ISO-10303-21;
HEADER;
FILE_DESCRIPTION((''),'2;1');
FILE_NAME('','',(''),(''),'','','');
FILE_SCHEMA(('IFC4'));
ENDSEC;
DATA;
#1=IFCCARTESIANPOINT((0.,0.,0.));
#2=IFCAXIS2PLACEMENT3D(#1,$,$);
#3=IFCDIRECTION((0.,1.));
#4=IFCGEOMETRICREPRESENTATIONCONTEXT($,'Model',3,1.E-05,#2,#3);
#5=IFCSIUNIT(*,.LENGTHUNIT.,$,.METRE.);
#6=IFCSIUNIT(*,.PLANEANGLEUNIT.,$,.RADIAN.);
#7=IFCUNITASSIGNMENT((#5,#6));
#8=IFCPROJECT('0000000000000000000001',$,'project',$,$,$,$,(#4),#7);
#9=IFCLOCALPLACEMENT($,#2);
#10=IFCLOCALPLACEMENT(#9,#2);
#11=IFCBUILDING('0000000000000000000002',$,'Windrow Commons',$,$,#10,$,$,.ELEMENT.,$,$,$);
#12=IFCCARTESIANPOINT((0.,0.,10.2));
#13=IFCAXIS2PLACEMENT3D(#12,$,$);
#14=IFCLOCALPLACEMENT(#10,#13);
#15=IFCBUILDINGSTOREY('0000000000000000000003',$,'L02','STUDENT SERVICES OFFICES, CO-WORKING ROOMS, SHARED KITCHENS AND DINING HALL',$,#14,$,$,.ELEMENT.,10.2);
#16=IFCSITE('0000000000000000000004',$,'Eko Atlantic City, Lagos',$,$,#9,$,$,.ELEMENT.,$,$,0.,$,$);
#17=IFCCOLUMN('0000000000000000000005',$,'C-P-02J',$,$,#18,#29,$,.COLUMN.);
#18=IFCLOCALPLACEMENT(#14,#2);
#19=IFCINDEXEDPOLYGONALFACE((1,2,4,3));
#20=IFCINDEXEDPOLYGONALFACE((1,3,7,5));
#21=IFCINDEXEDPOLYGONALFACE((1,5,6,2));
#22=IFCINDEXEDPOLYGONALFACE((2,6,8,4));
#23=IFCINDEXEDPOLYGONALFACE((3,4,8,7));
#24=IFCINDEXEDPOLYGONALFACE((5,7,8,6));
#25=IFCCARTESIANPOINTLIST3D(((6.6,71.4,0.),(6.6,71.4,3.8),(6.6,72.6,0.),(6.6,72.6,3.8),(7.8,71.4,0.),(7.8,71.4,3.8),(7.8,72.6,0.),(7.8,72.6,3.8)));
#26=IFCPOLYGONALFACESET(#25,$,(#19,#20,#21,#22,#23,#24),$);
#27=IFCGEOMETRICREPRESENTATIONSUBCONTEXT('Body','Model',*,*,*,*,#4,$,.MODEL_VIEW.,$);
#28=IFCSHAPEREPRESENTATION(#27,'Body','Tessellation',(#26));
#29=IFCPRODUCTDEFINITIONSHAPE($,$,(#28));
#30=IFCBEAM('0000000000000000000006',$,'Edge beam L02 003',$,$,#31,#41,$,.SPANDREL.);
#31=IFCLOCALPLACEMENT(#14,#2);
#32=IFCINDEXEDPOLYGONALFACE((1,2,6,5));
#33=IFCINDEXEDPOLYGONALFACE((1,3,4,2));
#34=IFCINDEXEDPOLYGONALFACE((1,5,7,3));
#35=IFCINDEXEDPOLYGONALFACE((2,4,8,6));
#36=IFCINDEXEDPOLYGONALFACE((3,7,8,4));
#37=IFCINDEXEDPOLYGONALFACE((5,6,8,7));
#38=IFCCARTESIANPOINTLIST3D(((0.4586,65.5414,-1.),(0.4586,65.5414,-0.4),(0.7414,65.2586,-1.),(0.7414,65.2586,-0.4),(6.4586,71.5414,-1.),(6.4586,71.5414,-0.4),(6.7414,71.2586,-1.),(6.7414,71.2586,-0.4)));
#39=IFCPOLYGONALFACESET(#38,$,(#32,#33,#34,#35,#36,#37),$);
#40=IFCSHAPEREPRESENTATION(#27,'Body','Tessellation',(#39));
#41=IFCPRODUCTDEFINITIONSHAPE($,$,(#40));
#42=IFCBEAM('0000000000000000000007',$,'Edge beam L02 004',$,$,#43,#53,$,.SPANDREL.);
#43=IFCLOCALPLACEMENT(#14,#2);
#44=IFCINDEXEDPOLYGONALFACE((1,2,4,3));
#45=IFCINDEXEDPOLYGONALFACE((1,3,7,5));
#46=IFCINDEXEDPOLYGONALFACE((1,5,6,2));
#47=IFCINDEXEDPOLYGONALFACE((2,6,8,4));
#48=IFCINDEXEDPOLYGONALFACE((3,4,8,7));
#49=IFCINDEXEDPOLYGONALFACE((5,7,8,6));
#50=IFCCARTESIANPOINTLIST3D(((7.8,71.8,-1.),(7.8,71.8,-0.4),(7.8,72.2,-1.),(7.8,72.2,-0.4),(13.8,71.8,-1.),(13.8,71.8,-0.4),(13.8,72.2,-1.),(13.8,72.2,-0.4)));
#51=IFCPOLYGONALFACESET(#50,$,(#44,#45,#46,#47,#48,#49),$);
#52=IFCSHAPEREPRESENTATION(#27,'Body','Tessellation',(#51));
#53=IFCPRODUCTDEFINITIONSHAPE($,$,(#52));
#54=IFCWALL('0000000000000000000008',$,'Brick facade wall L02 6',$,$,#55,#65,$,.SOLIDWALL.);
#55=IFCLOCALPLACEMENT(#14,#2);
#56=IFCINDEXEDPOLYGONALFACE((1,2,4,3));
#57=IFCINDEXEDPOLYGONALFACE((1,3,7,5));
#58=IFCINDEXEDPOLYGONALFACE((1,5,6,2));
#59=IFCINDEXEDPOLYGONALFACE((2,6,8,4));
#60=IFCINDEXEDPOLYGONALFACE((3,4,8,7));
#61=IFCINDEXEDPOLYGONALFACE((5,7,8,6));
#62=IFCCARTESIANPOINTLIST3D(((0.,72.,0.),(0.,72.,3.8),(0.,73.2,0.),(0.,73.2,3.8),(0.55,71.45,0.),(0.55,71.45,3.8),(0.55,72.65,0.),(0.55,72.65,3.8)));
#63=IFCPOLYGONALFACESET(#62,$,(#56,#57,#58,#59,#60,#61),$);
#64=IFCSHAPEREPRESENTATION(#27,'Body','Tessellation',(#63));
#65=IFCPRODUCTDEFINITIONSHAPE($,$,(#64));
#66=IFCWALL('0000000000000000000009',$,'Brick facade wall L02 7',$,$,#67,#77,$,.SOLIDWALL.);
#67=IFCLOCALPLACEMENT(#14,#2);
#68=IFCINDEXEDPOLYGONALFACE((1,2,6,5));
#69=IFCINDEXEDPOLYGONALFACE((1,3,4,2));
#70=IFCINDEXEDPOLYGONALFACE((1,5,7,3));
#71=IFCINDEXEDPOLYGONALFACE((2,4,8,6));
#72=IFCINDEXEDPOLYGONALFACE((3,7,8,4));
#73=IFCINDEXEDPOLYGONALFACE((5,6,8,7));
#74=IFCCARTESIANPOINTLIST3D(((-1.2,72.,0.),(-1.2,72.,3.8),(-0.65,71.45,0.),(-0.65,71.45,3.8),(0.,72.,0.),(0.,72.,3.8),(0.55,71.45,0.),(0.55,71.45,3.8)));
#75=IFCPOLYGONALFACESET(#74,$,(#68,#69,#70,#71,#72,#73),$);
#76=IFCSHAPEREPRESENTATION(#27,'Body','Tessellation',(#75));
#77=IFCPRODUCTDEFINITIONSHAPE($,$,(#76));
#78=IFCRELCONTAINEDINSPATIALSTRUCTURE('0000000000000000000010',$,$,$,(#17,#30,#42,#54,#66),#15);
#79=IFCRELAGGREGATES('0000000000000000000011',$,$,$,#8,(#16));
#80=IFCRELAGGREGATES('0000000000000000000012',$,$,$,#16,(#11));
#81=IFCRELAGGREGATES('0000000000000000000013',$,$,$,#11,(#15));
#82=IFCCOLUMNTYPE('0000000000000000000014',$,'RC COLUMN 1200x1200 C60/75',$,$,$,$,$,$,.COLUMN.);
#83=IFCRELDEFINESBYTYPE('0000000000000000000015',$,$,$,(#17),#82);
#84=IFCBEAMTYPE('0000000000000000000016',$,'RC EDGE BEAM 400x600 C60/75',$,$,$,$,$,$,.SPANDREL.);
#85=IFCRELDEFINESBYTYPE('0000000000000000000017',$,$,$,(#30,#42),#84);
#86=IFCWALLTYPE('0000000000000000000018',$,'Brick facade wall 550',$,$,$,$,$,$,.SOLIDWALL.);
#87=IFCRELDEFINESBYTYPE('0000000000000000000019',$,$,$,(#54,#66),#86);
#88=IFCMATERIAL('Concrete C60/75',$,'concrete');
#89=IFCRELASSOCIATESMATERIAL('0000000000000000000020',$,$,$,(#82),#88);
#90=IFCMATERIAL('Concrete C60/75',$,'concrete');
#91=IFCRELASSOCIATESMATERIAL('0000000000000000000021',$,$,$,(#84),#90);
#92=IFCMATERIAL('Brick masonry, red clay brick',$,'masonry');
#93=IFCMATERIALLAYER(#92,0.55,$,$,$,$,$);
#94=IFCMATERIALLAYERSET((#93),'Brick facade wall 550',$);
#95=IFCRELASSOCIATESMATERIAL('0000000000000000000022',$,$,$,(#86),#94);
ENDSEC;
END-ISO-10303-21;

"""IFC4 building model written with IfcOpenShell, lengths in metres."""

from ifc_helpers import new_model, si_unit, direction, frame, origin, origin_2d, place, context, subcontext, project, spatial, polyline, rectangle, outline, extrude, material, layer, layer_set, material_profile, profile_set, type_object, element, save


model = new_model("IFC4")

# Units and contexts
model_context = context("Model", 3, precision=1e-05, world=origin(), true_north=direction((0.0, 1.0)))
body_context = subcontext(model_context, "Body", "Model", "MODEL_VIEW")
ifc_project = project(units=[si_unit("LENGTHUNIT", "METRE"), si_unit("PLANEANGLEUNIT", "RADIAN")], contexts=[model_context])

# Site, building, storey
site_placement = place(None, origin())
site = spatial("IfcSite", under=ifc_project, at=site_placement, Name="Eko Atlantic City, Lagos", CompositionType="ELEMENT", RefElevation=0.0)
building_placement = place(site_placement, origin())
building = spatial("IfcBuilding", under=site, at=building_placement, Name="Windrow Commons", CompositionType="ELEMENT")
storey_placement = place(building_placement, frame((0.0, 0.0, 10.2)))
storey = spatial("IfcBuildingStorey", under=building, at=storey_placement, Name="L02", Description="STUDENT SERVICES OFFICES, CO-WORKING ROOMS, SHARED KITCHENS AND DINING HALL", CompositionType="ELEMENT", Elevation=10.2)

# Column
ifc_material_1 = material(Name="Concrete C60/75", Category="concrete")
ifc_material_profile_1 = material_profile(ifc_material_1, rectangle(XDim=1.2, YDim=1.2, at=origin_2d()))
ifc_profile_set_1 = profile_set([ifc_material_profile_1], Name="Concrete C60/75")
column_type = type_object("IfcColumnType", Name="RC COLUMN 1200x1200 C60/75", PredefinedType="COLUMN", material=ifc_profile_set_1)
column_placement = place(storey_placement, frame((7.2, 72.0, 0.0), z_axis=(0.0, 0.0, 1.0), x_axis=(1.0, 0.0, 0.0)))
element("IfcColumn", 1, at=column_placement, inside=storey, type_object=column_type, Name="C-P-02J", PredefinedType="COLUMN", context=body_context, shape_type="SweptSolid", body=[
    extrude(rectangle(XDim=1.2, YDim=1.2, at=origin_2d()), origin(), (0.0, 0.0, 1.0), 3.8),
])

# Beams
ifc_material_2 = material(Name="Concrete C60/75", Category="concrete")
ifc_material_profile_2 = material_profile(ifc_material_2, rectangle(XDim=0.4, YDim=0.6, at=origin_2d()))
ifc_profile_set_2 = profile_set([ifc_material_profile_2], Name="Concrete C60/75")
beam_type = type_object("IfcBeamType", Name="RC EDGE BEAM 400x600 C60/75", PredefinedType="SPANDREL", material=ifc_profile_set_2)
beam_1_placement = place(storey_placement, frame((0.6, 65.4, -0.7), z_axis=(0.707107, 0.707107, 0.0), x_axis=(-0.707107, 0.707107, 0.0)))
element("IfcBeam", 2, at=beam_1_placement, inside=storey, type_object=beam_type, Name="Edge beam L02 003", PredefinedType="SPANDREL", context=body_context, shape_type="SweptSolid", body=[
    extrude(rectangle(XDim=0.4, YDim=0.6, at=origin_2d()), origin(), (0.0, 0.0, 1.0), 8.4853),
])
beam_2_placement = place(storey_placement, frame((7.8, 72.0, -0.7), z_axis=(1.0, 0.0, 0.0), x_axis=(0.0, 1.0, 0.0)))
element("IfcBeam", 3, at=beam_2_placement, inside=storey, type_object=beam_type, Name="Edge beam L02 004", PredefinedType="SPANDREL", context=body_context, shape_type="SweptSolid", body=[
    extrude(rectangle(XDim=0.4, YDim=0.6, at=origin_2d()), origin(), (0.0, 0.0, 1.0), 6.0),
])

# Walls
ifc_material_3 = material(Name="Brick masonry, red clay brick", Category="masonry")
ifc_layer_1 = layer(ifc_material_3, 0.55)
ifc_layer_set_1 = layer_set([ifc_layer_1], Name="Brick facade wall 550")
wall_type_1 = type_object("IfcWallType", Name="Brick facade wall 550", PredefinedType="SOLIDWALL", material=ifc_layer_set_1)
wall_1_placement = place(storey_placement, frame((0.275, 72.925, 0.0), z_axis=(0.0, 0.0, 1.0), x_axis=(0.0, -1.0, 0.0)))
element("IfcWall", 4, at=wall_1_placement, inside=storey, type_object=wall_type_1, Name="Brick facade wall L02 6", PredefinedType="SOLIDWALL", context=body_context, shape_type="SweptSolid", body=[
    extrude(outline(polyline([(-0.275, -0.275), (0.925, -0.275), (1.475, 0.275), (0.275, 0.275), (-0.275, -0.275)])), origin(), (0.0, 0.0, 1.0), 3.8),
])
wall_2_placement = place(storey_placement, frame((0.275, 71.725, 0.0), z_axis=(0.0, 0.0, 1.0), x_axis=(-1.0, 0.0, 0.0)))
element("IfcWall", 5, at=wall_2_placement, inside=storey, type_object=wall_type_1, Name="Brick facade wall L02 7", PredefinedType="SOLIDWALL", context=body_context, shape_type="SweptSolid", body=[
    extrude(outline(polyline([(0.275, -0.275), (1.475, -0.275), (0.925, 0.275), (-0.275, 0.275), (0.275, -0.275)])), origin(), (0.0, 0.0, 1.0), 3.8),
])

save(model, "model.ifc")
